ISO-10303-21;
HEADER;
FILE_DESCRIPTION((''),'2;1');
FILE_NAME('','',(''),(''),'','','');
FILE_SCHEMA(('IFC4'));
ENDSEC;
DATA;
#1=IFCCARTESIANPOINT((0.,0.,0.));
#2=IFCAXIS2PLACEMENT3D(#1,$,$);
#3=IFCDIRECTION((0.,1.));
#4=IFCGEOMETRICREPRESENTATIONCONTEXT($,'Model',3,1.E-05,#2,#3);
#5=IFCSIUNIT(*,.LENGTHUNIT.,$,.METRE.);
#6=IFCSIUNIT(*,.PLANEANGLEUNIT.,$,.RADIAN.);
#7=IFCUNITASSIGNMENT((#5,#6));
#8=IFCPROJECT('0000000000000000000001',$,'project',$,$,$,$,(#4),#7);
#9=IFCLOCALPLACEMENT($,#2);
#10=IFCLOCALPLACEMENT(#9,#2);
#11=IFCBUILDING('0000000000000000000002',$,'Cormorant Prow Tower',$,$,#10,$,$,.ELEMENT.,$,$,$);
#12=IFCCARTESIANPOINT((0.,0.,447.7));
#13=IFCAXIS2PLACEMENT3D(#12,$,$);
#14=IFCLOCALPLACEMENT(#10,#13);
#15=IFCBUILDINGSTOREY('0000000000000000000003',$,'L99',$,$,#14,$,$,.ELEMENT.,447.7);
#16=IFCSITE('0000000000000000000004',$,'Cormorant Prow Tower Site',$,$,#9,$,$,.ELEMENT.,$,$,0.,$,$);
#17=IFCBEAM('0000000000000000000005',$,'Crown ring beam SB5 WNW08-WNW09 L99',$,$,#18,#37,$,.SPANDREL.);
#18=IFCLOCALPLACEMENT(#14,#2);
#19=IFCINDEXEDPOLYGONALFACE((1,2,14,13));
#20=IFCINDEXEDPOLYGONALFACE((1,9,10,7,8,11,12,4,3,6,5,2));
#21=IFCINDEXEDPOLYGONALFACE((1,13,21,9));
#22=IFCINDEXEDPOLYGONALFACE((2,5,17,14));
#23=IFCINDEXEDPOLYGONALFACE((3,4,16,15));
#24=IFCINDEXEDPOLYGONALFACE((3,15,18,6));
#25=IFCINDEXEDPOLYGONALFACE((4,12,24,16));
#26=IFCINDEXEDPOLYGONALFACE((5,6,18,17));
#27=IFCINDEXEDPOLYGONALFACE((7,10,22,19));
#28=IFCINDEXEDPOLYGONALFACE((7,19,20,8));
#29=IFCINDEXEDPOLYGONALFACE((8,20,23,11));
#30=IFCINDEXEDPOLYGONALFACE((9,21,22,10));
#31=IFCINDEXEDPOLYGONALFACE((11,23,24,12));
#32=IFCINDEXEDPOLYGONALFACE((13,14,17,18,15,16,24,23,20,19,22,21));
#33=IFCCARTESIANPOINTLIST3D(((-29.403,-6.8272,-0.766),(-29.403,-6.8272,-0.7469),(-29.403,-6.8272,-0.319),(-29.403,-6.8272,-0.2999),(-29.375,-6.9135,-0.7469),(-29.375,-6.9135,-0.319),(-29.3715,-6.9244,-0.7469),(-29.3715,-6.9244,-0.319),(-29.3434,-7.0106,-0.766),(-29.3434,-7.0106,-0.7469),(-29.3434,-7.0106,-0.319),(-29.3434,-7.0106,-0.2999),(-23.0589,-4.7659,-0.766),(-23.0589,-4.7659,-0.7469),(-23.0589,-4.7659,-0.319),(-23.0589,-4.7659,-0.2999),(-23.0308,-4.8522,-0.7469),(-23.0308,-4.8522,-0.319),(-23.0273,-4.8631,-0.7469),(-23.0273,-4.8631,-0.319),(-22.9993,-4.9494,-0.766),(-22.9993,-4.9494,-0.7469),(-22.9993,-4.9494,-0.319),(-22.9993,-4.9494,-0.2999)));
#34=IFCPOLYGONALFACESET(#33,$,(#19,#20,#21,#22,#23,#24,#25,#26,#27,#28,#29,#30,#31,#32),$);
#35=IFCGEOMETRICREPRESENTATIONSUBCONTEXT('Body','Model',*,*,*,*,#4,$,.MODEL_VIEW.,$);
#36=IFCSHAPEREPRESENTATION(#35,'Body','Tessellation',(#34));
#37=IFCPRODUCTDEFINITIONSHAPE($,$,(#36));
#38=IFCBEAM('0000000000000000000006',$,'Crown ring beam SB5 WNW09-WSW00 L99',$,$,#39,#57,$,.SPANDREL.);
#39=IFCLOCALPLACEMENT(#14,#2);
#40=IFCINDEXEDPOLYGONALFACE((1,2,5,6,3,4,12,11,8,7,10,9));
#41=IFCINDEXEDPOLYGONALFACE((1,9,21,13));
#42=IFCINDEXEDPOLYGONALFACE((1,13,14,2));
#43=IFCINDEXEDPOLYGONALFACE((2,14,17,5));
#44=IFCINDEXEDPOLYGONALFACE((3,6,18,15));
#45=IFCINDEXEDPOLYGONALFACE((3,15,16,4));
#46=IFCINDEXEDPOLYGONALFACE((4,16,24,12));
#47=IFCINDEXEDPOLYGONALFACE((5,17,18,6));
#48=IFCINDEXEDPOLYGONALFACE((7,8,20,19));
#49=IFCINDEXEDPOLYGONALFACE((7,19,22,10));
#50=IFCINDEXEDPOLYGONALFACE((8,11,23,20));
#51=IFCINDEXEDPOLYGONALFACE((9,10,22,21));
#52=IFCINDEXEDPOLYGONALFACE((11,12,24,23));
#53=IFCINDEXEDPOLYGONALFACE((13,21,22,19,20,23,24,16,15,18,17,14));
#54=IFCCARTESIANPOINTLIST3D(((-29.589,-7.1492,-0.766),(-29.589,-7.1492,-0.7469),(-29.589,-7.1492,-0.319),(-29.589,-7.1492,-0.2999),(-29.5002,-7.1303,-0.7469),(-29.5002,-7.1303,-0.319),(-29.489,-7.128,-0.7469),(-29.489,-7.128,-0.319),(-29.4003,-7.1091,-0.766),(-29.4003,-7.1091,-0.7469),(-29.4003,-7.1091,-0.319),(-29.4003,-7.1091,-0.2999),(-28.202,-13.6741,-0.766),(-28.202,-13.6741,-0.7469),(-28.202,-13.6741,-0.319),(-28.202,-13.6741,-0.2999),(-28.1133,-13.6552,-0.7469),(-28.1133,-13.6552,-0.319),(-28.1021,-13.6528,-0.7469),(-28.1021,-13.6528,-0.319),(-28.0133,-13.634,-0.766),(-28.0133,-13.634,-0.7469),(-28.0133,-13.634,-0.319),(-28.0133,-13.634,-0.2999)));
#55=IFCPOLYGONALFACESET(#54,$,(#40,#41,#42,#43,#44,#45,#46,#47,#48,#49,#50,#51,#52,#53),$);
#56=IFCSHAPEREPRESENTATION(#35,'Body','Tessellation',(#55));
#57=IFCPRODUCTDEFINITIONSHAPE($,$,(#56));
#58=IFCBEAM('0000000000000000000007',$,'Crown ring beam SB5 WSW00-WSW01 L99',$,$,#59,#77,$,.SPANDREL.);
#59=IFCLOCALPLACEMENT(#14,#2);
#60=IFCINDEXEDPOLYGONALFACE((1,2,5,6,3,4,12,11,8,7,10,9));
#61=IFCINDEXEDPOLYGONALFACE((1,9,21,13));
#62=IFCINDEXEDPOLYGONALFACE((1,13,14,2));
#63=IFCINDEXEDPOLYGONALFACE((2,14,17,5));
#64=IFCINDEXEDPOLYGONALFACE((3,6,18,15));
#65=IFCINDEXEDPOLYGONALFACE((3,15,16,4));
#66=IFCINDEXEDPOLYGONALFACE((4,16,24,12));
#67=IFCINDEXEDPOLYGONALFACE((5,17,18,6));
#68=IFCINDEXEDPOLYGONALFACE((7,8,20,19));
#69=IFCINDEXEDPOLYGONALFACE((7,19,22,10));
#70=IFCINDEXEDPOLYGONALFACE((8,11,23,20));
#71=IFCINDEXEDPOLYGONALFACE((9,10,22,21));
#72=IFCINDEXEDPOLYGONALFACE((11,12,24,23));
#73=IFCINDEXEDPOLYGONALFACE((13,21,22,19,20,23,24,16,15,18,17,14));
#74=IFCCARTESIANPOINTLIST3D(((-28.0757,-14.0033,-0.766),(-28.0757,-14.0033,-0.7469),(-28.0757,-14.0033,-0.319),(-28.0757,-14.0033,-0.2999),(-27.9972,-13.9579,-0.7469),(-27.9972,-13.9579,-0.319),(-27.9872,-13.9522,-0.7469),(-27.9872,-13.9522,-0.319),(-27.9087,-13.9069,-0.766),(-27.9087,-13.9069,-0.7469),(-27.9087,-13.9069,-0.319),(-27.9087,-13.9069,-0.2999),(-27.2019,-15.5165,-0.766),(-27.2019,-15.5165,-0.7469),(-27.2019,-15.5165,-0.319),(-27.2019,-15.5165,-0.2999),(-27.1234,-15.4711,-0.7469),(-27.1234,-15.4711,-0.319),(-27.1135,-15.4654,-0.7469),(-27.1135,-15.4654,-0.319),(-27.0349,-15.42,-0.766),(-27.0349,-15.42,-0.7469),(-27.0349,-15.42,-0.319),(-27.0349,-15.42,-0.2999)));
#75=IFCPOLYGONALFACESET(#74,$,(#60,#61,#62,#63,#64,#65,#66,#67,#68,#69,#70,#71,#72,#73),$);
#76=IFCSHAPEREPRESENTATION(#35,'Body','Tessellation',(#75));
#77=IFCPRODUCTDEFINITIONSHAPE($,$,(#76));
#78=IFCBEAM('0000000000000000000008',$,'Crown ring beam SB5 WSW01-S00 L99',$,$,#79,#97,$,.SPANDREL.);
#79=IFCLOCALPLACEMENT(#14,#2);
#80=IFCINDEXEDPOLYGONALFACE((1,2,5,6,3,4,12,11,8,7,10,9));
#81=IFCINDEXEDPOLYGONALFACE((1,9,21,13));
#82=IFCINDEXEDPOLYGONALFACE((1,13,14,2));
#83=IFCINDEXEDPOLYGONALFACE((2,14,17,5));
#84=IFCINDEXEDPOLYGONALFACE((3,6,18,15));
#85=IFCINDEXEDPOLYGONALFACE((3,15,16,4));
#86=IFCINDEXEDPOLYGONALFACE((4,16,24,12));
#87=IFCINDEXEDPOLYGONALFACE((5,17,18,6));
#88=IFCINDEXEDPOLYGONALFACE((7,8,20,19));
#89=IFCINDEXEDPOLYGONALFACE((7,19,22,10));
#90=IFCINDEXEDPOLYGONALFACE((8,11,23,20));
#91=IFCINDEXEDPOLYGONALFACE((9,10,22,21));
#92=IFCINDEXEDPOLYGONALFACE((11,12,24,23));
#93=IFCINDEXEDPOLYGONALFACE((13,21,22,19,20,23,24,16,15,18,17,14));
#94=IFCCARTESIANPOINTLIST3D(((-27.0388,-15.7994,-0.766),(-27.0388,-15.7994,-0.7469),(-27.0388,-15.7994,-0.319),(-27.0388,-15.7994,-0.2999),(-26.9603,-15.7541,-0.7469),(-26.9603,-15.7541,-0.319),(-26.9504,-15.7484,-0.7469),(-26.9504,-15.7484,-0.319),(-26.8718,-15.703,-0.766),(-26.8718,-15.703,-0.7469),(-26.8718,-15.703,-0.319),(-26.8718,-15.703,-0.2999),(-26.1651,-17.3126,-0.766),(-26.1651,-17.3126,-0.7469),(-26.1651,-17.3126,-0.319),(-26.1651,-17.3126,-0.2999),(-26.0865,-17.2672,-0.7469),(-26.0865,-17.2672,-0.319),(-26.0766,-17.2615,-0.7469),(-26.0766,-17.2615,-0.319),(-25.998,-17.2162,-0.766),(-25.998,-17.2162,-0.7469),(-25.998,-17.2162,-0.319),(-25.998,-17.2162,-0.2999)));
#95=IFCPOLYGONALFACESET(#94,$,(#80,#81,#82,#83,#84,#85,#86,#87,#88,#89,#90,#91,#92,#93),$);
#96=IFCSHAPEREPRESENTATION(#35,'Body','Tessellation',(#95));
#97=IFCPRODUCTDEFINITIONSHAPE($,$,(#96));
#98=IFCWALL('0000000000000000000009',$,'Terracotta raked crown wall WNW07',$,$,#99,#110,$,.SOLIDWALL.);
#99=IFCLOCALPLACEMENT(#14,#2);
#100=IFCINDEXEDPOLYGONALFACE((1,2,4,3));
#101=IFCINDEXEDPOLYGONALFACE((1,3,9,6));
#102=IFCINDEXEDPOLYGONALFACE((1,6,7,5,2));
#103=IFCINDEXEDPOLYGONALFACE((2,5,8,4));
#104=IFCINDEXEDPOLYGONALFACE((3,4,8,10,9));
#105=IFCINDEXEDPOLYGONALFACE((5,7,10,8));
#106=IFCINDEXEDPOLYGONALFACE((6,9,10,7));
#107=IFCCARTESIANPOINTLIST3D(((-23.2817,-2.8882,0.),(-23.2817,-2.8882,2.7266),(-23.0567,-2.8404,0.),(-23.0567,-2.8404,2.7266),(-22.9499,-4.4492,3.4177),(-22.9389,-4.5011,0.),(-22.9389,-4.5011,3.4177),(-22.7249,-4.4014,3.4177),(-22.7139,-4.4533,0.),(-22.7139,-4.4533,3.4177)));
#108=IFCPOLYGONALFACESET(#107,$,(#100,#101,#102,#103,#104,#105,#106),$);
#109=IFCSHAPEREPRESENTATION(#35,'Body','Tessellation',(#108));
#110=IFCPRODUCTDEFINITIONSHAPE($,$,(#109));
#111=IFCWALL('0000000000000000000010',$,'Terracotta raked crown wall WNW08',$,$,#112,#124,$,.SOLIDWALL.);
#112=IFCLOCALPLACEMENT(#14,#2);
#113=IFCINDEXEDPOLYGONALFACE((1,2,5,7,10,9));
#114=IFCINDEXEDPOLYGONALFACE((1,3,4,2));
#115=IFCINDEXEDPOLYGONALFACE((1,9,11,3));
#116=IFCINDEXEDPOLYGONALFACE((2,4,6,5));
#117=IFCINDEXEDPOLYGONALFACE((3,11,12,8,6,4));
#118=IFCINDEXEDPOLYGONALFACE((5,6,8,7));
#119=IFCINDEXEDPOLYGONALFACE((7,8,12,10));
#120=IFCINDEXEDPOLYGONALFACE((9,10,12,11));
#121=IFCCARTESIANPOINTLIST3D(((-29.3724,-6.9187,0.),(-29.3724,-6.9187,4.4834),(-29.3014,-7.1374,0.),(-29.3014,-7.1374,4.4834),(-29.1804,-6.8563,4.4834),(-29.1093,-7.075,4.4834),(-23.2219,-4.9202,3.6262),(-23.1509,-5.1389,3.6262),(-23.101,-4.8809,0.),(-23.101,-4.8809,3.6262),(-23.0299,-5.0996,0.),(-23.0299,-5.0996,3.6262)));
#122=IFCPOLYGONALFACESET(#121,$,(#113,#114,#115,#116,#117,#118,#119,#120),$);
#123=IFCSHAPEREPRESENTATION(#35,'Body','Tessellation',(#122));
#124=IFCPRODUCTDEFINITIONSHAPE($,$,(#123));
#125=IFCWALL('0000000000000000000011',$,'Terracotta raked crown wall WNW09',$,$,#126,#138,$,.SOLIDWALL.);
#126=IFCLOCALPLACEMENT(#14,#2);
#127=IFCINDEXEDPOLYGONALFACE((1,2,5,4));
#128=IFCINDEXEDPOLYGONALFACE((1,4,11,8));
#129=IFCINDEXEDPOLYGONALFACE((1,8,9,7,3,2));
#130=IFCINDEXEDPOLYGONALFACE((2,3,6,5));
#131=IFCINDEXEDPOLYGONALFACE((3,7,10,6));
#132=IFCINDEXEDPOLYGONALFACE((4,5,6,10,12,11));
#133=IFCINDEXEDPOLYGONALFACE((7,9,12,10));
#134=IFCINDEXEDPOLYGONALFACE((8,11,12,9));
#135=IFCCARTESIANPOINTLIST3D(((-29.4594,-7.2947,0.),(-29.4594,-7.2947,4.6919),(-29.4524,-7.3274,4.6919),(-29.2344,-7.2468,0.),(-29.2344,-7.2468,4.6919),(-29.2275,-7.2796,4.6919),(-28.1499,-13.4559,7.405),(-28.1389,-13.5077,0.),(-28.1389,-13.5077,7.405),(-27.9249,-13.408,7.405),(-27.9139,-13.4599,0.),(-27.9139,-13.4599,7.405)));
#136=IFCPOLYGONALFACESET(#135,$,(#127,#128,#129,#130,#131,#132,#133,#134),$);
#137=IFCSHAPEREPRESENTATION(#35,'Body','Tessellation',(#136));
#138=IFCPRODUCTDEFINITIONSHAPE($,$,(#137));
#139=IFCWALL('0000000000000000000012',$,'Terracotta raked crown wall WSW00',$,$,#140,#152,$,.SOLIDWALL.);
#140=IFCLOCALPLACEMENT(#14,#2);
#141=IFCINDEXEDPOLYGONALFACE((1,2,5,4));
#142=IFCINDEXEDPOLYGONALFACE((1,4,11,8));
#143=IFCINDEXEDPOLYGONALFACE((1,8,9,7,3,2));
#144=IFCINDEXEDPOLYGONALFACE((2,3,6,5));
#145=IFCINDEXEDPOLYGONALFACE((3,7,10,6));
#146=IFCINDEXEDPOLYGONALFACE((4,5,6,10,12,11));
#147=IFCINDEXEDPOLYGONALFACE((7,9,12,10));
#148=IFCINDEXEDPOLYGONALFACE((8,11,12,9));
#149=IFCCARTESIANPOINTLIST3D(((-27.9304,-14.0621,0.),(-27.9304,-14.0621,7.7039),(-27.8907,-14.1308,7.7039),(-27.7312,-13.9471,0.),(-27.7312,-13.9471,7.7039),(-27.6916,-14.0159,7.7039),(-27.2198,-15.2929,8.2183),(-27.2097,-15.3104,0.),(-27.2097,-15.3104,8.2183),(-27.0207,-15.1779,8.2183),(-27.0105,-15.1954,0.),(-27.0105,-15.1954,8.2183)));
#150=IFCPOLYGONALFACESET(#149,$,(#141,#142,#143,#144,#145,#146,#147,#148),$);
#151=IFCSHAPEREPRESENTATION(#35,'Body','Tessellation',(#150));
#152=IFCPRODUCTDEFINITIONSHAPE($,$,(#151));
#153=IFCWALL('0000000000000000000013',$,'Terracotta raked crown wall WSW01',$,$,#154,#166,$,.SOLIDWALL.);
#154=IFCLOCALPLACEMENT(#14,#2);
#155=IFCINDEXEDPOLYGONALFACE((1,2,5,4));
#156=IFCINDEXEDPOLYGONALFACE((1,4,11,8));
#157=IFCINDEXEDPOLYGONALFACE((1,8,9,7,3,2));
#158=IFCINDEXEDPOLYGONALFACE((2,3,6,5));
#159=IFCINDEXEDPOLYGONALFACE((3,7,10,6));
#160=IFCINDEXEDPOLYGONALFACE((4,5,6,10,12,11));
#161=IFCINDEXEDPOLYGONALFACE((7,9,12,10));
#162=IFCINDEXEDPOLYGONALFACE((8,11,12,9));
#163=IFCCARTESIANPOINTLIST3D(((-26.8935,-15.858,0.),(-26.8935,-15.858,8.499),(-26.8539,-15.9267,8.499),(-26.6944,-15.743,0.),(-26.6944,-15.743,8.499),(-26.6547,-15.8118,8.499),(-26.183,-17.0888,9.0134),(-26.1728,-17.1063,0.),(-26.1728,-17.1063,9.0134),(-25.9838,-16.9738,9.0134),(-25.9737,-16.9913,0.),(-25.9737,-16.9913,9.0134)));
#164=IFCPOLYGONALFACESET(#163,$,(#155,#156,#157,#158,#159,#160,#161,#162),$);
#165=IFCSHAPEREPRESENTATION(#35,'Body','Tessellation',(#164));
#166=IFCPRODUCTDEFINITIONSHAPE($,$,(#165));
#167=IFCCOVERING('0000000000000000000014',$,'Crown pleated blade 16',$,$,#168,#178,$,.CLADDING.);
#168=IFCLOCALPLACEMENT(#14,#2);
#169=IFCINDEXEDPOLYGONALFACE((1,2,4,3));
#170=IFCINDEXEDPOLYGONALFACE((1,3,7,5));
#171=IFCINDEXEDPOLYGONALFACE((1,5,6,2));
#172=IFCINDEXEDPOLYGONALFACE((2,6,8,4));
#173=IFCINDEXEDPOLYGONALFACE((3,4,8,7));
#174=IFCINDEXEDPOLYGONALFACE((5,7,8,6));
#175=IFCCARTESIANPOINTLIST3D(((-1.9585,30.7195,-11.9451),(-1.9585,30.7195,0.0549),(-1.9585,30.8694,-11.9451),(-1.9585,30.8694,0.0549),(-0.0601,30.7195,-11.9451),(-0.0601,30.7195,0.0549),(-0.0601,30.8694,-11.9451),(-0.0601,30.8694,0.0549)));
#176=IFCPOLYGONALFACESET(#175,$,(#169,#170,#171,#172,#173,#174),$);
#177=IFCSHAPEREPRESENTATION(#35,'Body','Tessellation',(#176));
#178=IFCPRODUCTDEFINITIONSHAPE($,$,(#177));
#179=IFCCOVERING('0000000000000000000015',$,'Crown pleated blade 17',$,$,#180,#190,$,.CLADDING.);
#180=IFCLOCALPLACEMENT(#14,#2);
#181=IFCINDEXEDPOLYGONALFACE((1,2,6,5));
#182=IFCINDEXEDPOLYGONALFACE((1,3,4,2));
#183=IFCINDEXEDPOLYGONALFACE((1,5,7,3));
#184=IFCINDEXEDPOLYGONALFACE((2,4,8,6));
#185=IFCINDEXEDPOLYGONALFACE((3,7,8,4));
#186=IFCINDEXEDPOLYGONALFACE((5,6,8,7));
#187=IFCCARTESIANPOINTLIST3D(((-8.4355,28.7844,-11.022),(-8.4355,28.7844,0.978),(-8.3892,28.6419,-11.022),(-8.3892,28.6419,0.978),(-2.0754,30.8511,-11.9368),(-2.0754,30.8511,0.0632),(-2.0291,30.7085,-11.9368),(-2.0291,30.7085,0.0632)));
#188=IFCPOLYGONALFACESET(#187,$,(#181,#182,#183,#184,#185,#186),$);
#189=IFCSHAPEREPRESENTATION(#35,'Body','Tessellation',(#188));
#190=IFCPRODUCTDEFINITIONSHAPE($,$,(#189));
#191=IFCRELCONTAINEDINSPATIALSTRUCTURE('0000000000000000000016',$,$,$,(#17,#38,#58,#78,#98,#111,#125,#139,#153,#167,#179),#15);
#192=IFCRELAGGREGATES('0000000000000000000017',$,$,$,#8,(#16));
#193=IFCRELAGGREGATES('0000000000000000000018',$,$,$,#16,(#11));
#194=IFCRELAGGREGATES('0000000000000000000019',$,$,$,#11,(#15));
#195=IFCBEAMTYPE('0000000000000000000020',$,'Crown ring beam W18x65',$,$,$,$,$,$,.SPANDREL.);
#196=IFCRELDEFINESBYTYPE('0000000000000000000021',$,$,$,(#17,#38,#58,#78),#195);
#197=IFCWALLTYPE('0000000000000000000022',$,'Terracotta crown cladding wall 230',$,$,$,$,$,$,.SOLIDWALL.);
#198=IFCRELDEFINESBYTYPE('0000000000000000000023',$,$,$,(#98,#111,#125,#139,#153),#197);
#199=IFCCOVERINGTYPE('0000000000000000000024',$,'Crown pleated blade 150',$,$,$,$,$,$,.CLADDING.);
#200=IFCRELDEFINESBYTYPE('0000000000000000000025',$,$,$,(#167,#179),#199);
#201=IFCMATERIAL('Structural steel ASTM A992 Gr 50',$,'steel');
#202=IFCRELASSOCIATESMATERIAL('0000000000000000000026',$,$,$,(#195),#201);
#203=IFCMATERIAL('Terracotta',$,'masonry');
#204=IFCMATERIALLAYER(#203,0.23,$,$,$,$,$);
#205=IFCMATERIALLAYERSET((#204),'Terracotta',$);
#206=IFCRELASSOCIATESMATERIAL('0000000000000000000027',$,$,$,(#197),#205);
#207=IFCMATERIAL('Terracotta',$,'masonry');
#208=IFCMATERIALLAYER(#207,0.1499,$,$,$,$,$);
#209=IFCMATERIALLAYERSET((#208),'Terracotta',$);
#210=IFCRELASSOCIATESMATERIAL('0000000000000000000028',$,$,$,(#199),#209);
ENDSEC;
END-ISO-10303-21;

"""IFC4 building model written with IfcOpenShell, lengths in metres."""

from ifc_helpers import new_model, si_unit, direction, frame, origin, origin_2d, place, context, subcontext, project, spatial, polyline, i_section, outline, extrude, material, layer, layer_set, material_profile, profile_set, type_object, element, save


model = new_model("IFC4")

# Units and contexts
model_context = context("Model", 3, precision=1e-05, world=origin(), true_north=direction((0.0, 1.0)))
body_context = subcontext(model_context, "Body", "Model", "MODEL_VIEW")
ifc_project = project(units=[si_unit("LENGTHUNIT", "METRE"), si_unit("PLANEANGLEUNIT", "RADIAN")], contexts=[model_context])

# Site, building, storey
site_placement = place(None, origin())
site = spatial("IfcSite", under=ifc_project, at=site_placement, Name="Cormorant Prow Tower Site", CompositionType="ELEMENT", RefElevation=0.0)
building_placement = place(site_placement, origin())
building = spatial("IfcBuilding", under=site, at=building_placement, Name="Cormorant Prow Tower", CompositionType="ELEMENT")
storey_placement = place(building_placement, frame((0.0, 0.0, 447.7)))
storey = spatial("IfcBuildingStorey", under=building, at=storey_placement, Name="L99", CompositionType="ELEMENT", Elevation=447.7)

# Beams
ifc_material_1 = material(Name="Structural steel ASTM A992 Gr 50", Category="steel")
ifc_material_profile_1 = material_profile(ifc_material_1, i_section(OverallWidth=0.1929, OverallDepth=0.4661, WebThickness=0.0115, FlangeThickness=0.019, at=origin_2d()), Name="W18x65")
ifc_profile_set_1 = profile_set([ifc_material_profile_1], Name="Structural steel ASTM A992 Gr 50")
beam_type = type_object("IfcBeamType", Name="Crown ring beam W18x65", PredefinedType="SPANDREL", material=ifc_profile_set_1)
for number, where, z_axis, x_axis, name in (
    (1, (-23.0291, -4.8577, -0.533), (-0.95106, -0.309005, 0.0), (0.309005, -0.95106, 0.0), "Crown ring beam SB5 WNW08-WNW09 L99"),
    (2, (-29.4946, -7.1292, -0.533), (0.207919, -0.978146, 0.0), (0.978146, 0.207919, 0.0), "Crown ring beam SB5 WNW09-WSW00 L99"),
):
    element("IfcBeam", number, at=place(storey_placement, frame(where, z_axis=z_axis, x_axis=x_axis)), inside=storey, type_object=beam_type, Name=name, PredefinedType="SPANDREL", context=body_context, shape_type="SweptSolid", body=[
        extrude(i_section(OverallWidth=0.1929, OverallDepth=0.4661, WebThickness=0.0115, FlangeThickness=0.019, at=origin_2d()), origin(), (0.0, 0.0, 1.0), 6.6707),
    ])
for number, where, z_axis, x_axis, name in (
    (3, (-27.9922, -13.9551, -0.533), (0.500061, -0.86599, 0.0), (0.86599, 0.500061, 0.0), "Crown ring beam SB5 WSW00-WSW01 L99"),
    (4, (-26.9553, -15.7512, -0.533), (0.500061, -0.86599, 0.0), (0.86599, 0.500061, 0.0), "Crown ring beam SB5 WSW01-S00 L99"),
):
    element("IfcBeam", number, at=place(storey_placement, frame(where, z_axis=z_axis, x_axis=x_axis)), inside=storey, type_object=beam_type, Name=name, PredefinedType="SPANDREL", context=body_context, shape_type="SweptSolid", body=[
        extrude(i_section(OverallWidth=0.1929, OverallDepth=0.4661, WebThickness=0.0115, FlangeThickness=0.019, at=origin_2d()), origin(), (0.0, 0.0, 1.0), 1.7473),
    ])

# Walls
ifc_material_2 = material(Name="Terracotta", Category="masonry")
ifc_layer_1 = layer(ifc_material_2, 0.23)
ifc_layer_set_1 = layer_set([ifc_layer_1], Name="Terracotta")
wall_type = type_object("IfcWallType", Name="Terracotta crown cladding wall 230", PredefinedType="SOLIDWALL", material=ifc_layer_set_1)
wall_1_placement = place(storey_placement, frame((-23.1692, -2.8643, 0.0), z_axis=(0.0, 0.0, 1.0), x_axis=(0.207891, -0.978152, 0.0)))
element("IfcWall", 5, at=wall_1_placement, inside=storey, type_object=wall_type, Name="Terracotta raked crown wall WNW07", PredefinedType="SOLIDWALL", context=body_context, shape_type="SweptSolid", body=[
    extrude(outline(polyline([(0.0, 0.0), (1.6489, 0.0), (1.6489, 3.4177), (1.5959, 3.4177), (0.0, 2.7266), (0.0, 0.0)])), frame((0.0, 0.115, 0.0), z_axis=(0.0, -1.0, 0.0), x_axis=(1.0, 0.0, 0.0)), (0.0, 0.0, 1.0), 0.23),
])
wall_2_placement = place(storey_placement, frame((-23.0654, -4.9902, 0.0), z_axis=(0.0, 0.0, 1.0), x_axis=(-0.951051, -0.309032, 0.0)))
element("IfcWall", 6, at=wall_2_placement, inside=storey, type_object=wall_type, Name="Terracotta raked crown wall WNW08", PredefinedType="SOLIDWALL", context=body_context, shape_type="SweptSolid", body=[
    extrude(outline(polyline([(0.0, 0.0), (6.5942, 0.0), (6.5942, 4.4834), (6.3923, 4.4834), (0.1272, 3.6262), (0.0, 3.6262), (0.0, 0.0)])), frame((0.0, 0.115, 0.0), z_axis=(0.0, -1.0, 0.0), x_axis=(1.0, 0.0, 0.0)), (0.0, 0.0, 1.0), 0.23),
])
wall_3_placement = place(storey_placement, frame((-29.3469, -7.2708, 0.0), z_axis=(0.0, 0.0, 1.0), x_axis=(0.207899, -0.97815, 0.0)))
element("IfcWall", 7, at=wall_3_placement, inside=storey, type_object=wall_type, Name="Terracotta raked crown wall WNW09", PredefinedType="SOLIDWALL", context=body_context, shape_type="SweptSolid", body=[
    extrude(outline(polyline([(0.0, 0.0), (6.3518, 0.0), (6.3518, 7.405), (6.2988, 7.405), (0.0334, 4.6919), (0.0, 4.6919), (0.0, 0.0)])), frame((0.0, 0.115, 0.0), z_axis=(0.0, -1.0, 0.0), x_axis=(1.0, 0.0, 0.0)), (0.0, 0.0, 1.0), 0.23),
])
wall_4_placement = place(storey_placement, frame((-27.8308, -14.0046, 0.0), z_axis=(0.0, 0.0, 1.0), x_axis=(0.500001, -0.866025, 0.0)))
element("IfcWall", 8, at=wall_4_placement, inside=storey, type_object=wall_type, Name="Terracotta raked crown wall WSW00", PredefinedType="SOLIDWALL", context=body_context, shape_type="SweptSolid", body=[
    extrude(outline(polyline([(0.0, 0.0), (1.4414, 0.0), (1.4414, 8.2183), (1.4211, 8.2183), (0.0793, 7.7039), (0.0, 7.7039), (0.0, 0.0)])), frame((0.0, 0.115, 0.0), z_axis=(0.0, -1.0, 0.0), x_axis=(1.0, 0.0, 0.0)), (0.0, 0.0, 1.0), 0.23),
])
wall_5_placement = place(storey_placement, frame((-26.7939, -15.8005, 0.0), z_axis=(0.0, 0.0, 1.0), x_axis=(0.500001, -0.866025, 0.0)))
element("IfcWall", 9, at=wall_5_placement, inside=storey, type_object=wall_type, Name="Terracotta raked crown wall WSW01", PredefinedType="SOLIDWALL", context=body_context, shape_type="SweptSolid", body=[
    extrude(outline(polyline([(0.0, 0.0), (1.4414, 0.0), (1.4414, 9.0134), (1.4211, 9.0134), (0.0793, 8.499), (0.0, 8.499), (0.0, 0.0)])), frame((0.0, 0.115, 0.0), z_axis=(0.0, -1.0, 0.0), x_axis=(1.0, 0.0, 0.0)), (0.0, 0.0, 1.0), 0.23),
])

# Coverings
ifc_material_3 = material(Name="Terracotta", Category="masonry")
ifc_layer_2 = layer(ifc_material_3, 0.1499)
ifc_layer_set_2 = layer_set([ifc_layer_2], Name="Terracotta")
covering_type = type_object("IfcCoveringType", Name="Crown pleated blade 150", PredefinedType="CLADDING", material=ifc_layer_set_2)
covering_1_placement = place(storey_placement, frame((-0.0601, 30.8694, -11.9451), z_axis=(0.0, 1.0, 0.0), x_axis=(-1.0, 0.0, 0.0)))
element("IfcCovering", 10, at=covering_1_placement, inside=storey, type_object=covering_type, Name="Crown pleated blade 16", PredefinedType="CLADDING", context=body_context, shape_type="SweptSolid", body=[
    extrude(outline(polyline([(0.0, 0.0), (1.8984, 0.0), (1.8984, 12.0), (0.0, 12.0), (0.0, 0.0)])), origin(), (0.0, 0.0, -1.0), 0.1499),
])
covering_2_placement = place(storey_placement, frame((-2.0754, 30.8511, -11.9368), z_axis=(-0.309034, 0.951051, 0.0), x_axis=(-0.942276, -0.306183, 0.135531)))
element("IfcCovering", 11, at=covering_2_placement, inside=storey, type_object=covering_type, Name="Crown pleated blade 17", PredefinedType="CLADDING", context=body_context, shape_type="SweptSolid", body=[
    extrude(outline(polyline([(0.0, 0.0), (6.7497, 0.0), (8.3761, 11.8893), (1.6264, 11.8893), (0.0, 0.0)])), origin(), (0.0, 0.0, -1.0), 0.1499),
])

save(model, "model.ifc")
